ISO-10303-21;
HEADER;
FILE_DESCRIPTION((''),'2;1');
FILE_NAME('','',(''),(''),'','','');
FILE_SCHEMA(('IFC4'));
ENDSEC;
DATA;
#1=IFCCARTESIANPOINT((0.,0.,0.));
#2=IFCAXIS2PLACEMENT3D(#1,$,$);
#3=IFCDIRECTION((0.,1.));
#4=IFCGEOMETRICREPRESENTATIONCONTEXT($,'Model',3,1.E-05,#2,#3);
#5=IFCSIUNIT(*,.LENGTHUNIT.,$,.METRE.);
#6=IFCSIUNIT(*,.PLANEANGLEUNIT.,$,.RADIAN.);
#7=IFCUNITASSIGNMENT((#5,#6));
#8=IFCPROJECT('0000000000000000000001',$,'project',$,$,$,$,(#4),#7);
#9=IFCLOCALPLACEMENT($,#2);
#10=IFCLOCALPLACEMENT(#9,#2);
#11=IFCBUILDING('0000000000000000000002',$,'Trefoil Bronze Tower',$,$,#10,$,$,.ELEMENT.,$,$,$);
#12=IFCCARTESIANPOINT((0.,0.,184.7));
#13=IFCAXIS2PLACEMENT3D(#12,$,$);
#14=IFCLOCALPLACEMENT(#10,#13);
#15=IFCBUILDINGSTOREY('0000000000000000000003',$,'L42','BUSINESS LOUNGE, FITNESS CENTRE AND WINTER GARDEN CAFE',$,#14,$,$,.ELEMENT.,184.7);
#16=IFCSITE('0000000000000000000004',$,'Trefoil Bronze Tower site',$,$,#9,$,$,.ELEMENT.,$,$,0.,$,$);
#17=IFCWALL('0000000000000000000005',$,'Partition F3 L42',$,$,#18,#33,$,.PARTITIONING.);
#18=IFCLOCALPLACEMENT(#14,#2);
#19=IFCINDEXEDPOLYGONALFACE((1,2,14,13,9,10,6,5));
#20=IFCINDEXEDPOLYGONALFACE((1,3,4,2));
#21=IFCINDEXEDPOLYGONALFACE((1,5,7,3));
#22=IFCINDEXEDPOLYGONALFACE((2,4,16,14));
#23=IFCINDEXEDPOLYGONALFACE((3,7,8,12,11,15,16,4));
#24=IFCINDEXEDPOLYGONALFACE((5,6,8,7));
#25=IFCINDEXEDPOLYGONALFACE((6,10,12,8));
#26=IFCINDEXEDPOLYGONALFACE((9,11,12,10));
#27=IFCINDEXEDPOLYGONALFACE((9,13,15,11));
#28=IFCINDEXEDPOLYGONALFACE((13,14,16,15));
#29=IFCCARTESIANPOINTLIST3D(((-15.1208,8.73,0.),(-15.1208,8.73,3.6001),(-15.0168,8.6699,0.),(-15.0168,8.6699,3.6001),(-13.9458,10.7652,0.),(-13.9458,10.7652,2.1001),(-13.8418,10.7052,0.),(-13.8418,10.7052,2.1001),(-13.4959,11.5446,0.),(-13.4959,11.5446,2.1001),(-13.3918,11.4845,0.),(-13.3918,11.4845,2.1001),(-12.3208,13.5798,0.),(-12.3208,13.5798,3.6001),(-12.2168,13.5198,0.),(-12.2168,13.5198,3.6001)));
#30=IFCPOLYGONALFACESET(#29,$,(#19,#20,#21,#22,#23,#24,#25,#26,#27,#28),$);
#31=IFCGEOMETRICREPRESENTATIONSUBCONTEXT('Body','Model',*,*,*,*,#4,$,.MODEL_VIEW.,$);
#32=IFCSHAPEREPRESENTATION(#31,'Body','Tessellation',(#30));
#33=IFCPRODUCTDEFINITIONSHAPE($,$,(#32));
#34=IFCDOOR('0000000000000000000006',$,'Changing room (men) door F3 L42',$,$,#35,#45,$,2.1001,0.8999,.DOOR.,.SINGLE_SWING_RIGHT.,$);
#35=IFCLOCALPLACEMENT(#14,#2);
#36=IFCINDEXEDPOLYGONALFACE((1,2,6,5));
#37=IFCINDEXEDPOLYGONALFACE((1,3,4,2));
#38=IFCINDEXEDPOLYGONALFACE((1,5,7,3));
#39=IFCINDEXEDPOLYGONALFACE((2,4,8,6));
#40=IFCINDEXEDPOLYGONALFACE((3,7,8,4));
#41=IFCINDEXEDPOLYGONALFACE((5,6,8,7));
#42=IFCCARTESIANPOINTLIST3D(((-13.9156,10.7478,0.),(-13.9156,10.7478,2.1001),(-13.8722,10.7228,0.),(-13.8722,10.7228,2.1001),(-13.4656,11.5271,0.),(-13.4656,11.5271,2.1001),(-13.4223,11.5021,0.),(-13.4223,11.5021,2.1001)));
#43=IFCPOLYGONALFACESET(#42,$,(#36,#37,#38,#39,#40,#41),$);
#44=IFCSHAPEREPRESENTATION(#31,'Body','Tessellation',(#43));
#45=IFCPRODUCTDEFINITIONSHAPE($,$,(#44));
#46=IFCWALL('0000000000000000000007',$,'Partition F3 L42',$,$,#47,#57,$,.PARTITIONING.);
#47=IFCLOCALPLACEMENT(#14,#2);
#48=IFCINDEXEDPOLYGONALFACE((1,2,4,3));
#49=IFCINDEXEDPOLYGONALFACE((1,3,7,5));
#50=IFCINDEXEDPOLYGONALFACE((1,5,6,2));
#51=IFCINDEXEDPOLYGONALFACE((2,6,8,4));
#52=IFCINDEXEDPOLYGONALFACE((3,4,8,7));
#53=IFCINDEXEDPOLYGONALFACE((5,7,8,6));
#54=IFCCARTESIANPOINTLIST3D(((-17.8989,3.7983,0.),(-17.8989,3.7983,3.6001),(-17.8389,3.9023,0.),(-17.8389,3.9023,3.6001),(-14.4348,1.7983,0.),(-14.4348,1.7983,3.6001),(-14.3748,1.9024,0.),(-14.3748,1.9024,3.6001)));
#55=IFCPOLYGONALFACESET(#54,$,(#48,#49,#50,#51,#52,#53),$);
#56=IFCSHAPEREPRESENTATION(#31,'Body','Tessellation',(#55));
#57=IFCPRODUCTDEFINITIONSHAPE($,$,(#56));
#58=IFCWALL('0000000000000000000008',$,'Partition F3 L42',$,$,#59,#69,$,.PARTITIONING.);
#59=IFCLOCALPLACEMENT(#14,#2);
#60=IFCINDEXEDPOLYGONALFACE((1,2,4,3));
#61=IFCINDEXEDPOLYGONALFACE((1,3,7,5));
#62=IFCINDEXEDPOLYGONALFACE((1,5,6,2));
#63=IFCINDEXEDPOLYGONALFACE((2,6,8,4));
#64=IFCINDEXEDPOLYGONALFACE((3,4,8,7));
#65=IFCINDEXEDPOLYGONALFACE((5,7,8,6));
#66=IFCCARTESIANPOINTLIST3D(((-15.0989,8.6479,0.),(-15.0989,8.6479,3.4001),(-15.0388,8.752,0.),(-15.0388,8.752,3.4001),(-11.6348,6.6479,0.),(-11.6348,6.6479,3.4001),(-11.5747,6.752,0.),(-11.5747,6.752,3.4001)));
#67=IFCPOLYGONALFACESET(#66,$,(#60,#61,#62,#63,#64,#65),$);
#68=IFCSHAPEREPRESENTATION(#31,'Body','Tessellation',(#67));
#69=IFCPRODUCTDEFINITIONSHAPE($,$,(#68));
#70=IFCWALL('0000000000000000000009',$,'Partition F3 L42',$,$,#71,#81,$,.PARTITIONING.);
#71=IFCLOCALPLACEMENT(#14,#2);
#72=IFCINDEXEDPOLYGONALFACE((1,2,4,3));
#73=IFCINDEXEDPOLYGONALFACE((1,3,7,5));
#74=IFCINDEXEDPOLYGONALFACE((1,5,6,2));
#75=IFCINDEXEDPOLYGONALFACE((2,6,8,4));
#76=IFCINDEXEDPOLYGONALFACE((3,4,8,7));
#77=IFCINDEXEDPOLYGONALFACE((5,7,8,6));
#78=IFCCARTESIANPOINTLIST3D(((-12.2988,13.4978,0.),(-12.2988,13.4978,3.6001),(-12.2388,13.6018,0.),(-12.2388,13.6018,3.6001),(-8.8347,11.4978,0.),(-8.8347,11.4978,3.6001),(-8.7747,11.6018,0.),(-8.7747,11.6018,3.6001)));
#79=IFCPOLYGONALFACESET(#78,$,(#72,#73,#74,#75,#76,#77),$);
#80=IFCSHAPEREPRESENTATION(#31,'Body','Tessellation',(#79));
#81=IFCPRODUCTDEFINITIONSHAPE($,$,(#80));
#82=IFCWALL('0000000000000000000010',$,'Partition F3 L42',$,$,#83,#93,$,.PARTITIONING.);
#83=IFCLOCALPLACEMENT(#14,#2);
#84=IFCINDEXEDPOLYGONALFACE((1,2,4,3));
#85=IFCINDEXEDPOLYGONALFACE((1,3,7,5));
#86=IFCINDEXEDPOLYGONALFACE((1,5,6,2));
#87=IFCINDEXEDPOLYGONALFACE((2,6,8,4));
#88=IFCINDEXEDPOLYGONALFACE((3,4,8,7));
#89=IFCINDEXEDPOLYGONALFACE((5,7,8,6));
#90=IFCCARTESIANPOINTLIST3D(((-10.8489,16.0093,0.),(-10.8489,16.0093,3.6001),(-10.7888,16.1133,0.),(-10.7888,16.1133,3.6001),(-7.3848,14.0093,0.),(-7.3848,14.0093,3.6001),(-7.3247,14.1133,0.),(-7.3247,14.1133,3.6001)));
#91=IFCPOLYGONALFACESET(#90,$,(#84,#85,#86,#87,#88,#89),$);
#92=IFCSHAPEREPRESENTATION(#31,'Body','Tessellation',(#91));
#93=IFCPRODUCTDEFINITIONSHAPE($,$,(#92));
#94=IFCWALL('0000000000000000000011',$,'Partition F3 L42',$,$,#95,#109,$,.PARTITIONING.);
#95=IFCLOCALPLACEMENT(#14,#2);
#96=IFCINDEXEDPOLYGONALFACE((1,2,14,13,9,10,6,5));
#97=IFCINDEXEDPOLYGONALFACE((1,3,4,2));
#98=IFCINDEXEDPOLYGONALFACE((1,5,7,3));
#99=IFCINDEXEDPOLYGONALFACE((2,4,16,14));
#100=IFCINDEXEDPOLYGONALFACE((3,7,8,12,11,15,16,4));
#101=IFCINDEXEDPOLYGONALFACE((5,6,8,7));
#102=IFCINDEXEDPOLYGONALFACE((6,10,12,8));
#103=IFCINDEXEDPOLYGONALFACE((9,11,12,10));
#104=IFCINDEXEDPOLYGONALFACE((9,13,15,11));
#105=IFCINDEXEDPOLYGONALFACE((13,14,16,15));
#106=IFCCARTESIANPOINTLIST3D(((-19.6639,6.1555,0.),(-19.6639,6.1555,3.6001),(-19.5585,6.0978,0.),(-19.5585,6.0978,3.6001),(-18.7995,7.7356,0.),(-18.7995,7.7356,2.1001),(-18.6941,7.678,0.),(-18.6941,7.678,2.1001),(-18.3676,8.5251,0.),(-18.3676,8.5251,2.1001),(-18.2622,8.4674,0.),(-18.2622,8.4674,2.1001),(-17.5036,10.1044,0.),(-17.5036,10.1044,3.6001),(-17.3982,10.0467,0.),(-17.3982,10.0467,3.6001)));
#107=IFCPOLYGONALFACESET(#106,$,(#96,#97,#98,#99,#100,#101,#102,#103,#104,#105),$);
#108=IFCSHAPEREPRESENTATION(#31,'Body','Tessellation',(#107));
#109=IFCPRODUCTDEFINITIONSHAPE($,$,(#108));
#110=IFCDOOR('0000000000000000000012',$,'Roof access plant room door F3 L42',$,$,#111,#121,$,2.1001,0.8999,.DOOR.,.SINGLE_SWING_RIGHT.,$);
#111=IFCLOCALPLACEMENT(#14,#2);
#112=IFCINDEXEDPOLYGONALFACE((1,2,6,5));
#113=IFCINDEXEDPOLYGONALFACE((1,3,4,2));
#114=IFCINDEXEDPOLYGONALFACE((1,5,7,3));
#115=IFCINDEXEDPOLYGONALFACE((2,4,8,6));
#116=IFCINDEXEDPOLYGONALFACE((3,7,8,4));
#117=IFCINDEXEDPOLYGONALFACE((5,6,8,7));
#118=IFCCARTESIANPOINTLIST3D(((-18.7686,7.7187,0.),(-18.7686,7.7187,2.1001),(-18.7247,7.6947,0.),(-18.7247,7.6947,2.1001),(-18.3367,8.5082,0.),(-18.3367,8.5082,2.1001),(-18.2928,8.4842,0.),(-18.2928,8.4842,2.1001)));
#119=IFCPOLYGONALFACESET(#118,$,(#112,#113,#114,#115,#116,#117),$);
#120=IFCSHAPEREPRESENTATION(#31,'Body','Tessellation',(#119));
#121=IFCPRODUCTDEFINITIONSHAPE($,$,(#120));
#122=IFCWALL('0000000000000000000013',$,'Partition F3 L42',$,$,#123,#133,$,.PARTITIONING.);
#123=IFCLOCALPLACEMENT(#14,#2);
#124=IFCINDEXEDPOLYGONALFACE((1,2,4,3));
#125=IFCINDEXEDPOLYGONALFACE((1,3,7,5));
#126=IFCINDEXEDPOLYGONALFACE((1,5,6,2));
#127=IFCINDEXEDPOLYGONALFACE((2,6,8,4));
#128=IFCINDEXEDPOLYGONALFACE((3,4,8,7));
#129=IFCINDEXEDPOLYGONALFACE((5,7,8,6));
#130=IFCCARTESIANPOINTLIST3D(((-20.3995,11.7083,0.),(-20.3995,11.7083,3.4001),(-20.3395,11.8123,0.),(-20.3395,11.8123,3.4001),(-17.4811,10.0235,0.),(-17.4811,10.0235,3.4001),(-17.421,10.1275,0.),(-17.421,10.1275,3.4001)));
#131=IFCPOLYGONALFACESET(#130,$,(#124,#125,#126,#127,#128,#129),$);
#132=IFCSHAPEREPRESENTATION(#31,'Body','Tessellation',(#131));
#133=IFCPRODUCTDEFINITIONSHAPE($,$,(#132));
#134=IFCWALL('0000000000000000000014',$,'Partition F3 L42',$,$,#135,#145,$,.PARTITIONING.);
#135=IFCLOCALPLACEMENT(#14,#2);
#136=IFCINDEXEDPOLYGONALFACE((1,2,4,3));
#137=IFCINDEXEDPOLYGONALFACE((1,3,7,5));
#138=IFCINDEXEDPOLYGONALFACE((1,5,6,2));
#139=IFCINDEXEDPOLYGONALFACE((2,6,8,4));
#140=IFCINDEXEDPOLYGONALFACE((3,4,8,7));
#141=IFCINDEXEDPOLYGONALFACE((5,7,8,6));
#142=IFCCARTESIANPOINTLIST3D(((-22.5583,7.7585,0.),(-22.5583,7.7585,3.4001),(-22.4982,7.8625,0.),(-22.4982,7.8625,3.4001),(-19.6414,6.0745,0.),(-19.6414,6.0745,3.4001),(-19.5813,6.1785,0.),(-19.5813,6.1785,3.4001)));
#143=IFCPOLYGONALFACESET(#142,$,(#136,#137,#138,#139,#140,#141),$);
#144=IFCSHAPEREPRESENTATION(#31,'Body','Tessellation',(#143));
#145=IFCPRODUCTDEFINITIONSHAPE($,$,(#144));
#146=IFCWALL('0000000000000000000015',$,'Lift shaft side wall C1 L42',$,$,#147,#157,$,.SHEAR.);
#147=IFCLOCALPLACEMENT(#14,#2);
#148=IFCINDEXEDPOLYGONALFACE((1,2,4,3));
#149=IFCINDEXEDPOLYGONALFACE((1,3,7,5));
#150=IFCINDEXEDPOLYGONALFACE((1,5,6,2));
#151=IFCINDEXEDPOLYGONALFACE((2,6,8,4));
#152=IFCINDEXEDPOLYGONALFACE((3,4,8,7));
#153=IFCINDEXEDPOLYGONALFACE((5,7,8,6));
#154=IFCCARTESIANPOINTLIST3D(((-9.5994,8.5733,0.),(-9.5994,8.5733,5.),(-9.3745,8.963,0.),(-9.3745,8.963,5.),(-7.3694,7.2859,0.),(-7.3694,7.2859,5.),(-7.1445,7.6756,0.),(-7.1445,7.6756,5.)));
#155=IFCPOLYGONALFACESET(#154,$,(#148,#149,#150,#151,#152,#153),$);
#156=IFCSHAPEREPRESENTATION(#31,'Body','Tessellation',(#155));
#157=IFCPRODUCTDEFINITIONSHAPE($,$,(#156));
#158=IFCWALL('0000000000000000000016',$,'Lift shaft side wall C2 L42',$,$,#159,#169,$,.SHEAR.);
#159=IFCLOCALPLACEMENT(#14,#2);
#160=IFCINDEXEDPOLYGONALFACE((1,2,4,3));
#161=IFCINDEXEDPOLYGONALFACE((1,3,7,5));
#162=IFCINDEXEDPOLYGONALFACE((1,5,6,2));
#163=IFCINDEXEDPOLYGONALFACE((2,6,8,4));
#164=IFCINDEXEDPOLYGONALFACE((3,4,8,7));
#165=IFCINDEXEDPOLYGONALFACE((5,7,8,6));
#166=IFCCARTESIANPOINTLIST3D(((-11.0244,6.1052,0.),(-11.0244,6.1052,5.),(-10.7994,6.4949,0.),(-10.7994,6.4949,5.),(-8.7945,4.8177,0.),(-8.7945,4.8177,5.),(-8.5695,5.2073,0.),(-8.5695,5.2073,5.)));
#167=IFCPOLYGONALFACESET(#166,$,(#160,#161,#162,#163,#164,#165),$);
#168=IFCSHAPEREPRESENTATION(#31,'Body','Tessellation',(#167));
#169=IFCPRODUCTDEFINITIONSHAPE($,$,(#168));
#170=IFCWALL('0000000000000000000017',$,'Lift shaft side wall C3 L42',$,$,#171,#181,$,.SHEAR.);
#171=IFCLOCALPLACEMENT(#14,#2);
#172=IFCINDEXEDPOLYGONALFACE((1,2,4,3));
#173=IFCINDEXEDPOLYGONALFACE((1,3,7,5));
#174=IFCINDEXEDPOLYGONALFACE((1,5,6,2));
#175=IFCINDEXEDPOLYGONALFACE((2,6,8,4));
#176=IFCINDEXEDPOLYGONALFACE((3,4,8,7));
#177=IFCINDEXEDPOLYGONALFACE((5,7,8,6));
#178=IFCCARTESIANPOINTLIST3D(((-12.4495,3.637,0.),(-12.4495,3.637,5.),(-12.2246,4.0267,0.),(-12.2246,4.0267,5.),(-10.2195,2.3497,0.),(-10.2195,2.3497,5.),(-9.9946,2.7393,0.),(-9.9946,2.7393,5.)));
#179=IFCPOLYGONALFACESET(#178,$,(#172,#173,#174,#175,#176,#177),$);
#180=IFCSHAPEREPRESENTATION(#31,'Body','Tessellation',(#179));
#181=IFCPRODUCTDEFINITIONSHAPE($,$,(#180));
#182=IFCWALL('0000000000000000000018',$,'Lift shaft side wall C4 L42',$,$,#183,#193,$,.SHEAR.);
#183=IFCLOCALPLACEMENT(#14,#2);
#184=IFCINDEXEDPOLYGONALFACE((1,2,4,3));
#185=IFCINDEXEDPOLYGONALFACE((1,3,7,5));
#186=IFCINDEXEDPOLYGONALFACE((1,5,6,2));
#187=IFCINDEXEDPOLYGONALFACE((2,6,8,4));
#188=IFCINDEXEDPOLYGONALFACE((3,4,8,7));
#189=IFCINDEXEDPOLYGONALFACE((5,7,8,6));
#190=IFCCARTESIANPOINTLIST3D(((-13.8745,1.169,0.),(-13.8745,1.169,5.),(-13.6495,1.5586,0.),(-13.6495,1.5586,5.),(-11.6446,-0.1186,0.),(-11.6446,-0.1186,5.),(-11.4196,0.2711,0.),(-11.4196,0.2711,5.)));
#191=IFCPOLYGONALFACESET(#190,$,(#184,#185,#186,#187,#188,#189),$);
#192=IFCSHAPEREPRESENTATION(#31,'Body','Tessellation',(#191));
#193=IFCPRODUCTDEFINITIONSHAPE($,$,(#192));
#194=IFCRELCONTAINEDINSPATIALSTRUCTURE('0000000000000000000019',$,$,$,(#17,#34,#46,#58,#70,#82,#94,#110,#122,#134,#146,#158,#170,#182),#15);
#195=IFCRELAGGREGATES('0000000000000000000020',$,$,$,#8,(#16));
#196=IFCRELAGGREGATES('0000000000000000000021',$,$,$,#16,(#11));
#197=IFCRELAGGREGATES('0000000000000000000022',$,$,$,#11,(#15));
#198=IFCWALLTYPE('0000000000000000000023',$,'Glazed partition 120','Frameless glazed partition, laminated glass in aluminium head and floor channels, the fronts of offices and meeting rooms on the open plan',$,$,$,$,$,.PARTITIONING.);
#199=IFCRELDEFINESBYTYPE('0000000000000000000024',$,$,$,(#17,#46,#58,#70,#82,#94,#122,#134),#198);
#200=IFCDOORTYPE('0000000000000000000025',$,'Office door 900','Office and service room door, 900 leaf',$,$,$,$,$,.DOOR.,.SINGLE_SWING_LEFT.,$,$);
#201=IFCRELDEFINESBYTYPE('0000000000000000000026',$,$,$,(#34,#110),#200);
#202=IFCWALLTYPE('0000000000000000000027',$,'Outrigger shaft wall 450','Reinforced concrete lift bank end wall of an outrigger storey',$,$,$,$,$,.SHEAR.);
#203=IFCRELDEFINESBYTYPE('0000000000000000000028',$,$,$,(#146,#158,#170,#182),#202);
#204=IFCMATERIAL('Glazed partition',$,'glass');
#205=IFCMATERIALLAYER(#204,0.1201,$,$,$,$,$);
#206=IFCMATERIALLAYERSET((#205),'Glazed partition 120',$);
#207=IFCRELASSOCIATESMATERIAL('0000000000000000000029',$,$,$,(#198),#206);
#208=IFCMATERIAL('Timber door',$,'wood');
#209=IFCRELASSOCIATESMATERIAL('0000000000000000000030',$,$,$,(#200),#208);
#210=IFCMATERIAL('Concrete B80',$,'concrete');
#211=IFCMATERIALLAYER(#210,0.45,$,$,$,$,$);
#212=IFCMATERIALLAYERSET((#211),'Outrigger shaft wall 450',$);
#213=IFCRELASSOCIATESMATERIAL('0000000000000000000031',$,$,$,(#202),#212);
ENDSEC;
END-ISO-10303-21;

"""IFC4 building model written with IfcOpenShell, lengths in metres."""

from ifc_helpers import new_model, si_unit, direction, frame, frame_2d, origin, place, context, subcontext, project, spatial, rectangle, extrude, material, layer, layer_set, type_object, element, fill, save


model = new_model("IFC4")

# Units and contexts
model_context = context("Model", 3, precision=1e-05, world=origin(), true_north=direction((0.0, 1.0)))
body_context = subcontext(model_context, "Body", "Model", "MODEL_VIEW")
ifc_project = project(units=[si_unit("LENGTHUNIT", "METRE"), si_unit("PLANEANGLEUNIT", "RADIAN")], contexts=[model_context])

# Site, building, storey
site_placement = place(None, origin())
site = spatial("IfcSite", under=ifc_project, at=site_placement, Name="Trefoil Bronze Tower site", CompositionType="ELEMENT", RefElevation=0.0)
building_placement = place(site_placement, origin())
building = spatial("IfcBuilding", under=site, at=building_placement, Name="Trefoil Bronze Tower", CompositionType="ELEMENT")
storey_placement = place(building_placement, frame((0.0, 0.0, 184.7)))
storey = spatial("IfcBuildingStorey", under=building, at=storey_placement, Name="L42", Description="BUSINESS LOUNGE, FITNESS CENTRE AND WINTER GARDEN CAFE", CompositionType="ELEMENT", Elevation=184.7)

# Wall, opening, door
ifc_material_1 = material(Name="Glazed partition", Category="glass")
ifc_layer_1 = layer(ifc_material_1, 0.1201)
ifc_layer_set_1 = layer_set([ifc_layer_1], Name="Glazed partition 120")
wall_type_1 = type_object("IfcWallType", Name="Glazed partition 120", Description="Frameless glazed partition, laminated glass in aluminium head and floor channels, the fronts of offices and meeting rooms on the open plan", PredefinedType="PARTITIONING", material=ifc_layer_set_1)
ifc_material_2 = material(Name="Timber door", Category="wood")
door_type = type_object("IfcDoorType", Name="Office door 900", Description="Office and service room door, 900 leaf", OperationType="SINGLE_SWING_LEFT", PredefinedType="DOOR", material=ifc_material_2)
wall_1_placement = place(storey_placement, frame((-12.2688, 13.5498, 0.0), z_axis=(0.0, 0.0, 1.0), x_axis=(-0.499998, -0.866027, 0.0)))
wall_1 = element("IfcWall", 1, at=wall_1_placement, inside=storey, type_object=wall_type_1, Name="Partition F3 L42", PredefinedType="PARTITIONING", context=body_context, shape_type="SweptSolid", body=[
    extrude(rectangle(XDim=5.6001, YDim=0.1201, at=frame_2d((2.8, 0.0))), origin(), (0.0, 0.0, 1.0), 3.6001),
])
opening_1_placement = place(wall_1_placement, frame((2.3501, 0.0, 0.0)))
opening_1 = element("IfcOpeningElement", 2, at=opening_1_placement, cuts=wall_1, PredefinedType="OPENING", context=body_context, shape_type="SweptSolid", body=[
    extrude(rectangle(XDim=0.8999, YDim=2.1001, at=frame_2d((0.45, 1.05))), frame((0.0, 0.0701, 0.0), z_axis=(0.0, -1.0, 0.0), x_axis=(1.0, 0.0, 0.0)), (0.0, 0.0, 1.0), 0.1401),
])
door_1_placement = place(opening_1_placement, origin())
door_1 = element("IfcDoor", 3, at=door_1_placement, inside=storey, type_object=door_type, Name="Changing room (men) door F3 L42", OperationType="SINGLE_SWING_RIGHT", OverallHeight=2.1001, OverallWidth=0.8999, PredefinedType="DOOR", context=body_context, shape_type="SweptSolid", body=[
    extrude(rectangle(XDim=0.8999, YDim=2.1001, at=frame_2d((0.45, 1.05))), frame((0.0, 0.0249, 0.0), z_axis=(0.0, -1.0, 0.0), x_axis=(1.0, 0.0, 0.0)), (0.0, 0.0, 1.0), 0.05),
])
fill(opening_1, door_1)

# Walls
wall_2_placement = place(storey_placement, frame((-14.4048, 1.8503, 0.0), z_axis=(0.0, 0.0, 1.0), x_axis=(-0.866026, 0.499999, 0.0)))
element("IfcWall", 4, at=wall_2_placement, inside=storey, type_object=wall_type_1, Name="Partition F3 L42", PredefinedType="PARTITIONING", context=body_context, shape_type="SweptSolid", body=[
    extrude(rectangle(XDim=4.0, YDim=0.1201, at=frame_2d((2.0, 0.0))), origin(), (0.0, 0.0, 1.0), 3.6001),
])
wall_3_placement = place(storey_placement, frame((-11.6047, 6.7, 0.0), z_axis=(0.0, 0.0, 1.0), x_axis=(-0.866026, 0.499999, 0.0)))
element("IfcWall", 5, at=wall_3_placement, inside=storey, type_object=wall_type_1, Name="Partition F3 L42", PredefinedType="PARTITIONING", context=body_context, shape_type="SweptSolid", body=[
    extrude(rectangle(XDim=4.0, YDim=0.1201, at=frame_2d((2.0, 0.0))), origin(), (0.0, 0.0, 1.0), 3.4001),
])
for number, where, z_axis, x_axis, name in (
    (6, (-8.8047, 11.5498, 0.0), (0.0, 0.0, 1.0), (-0.866026, 0.499999, 0.0), "Partition F3 L42"),
    (7, (-7.3547, 14.0613, 0.0), (0.0, 0.0, 1.0), (-0.866026, 0.499999, 0.0), "Partition F3 L42"),
):
    element("IfcWall", number, at=place(storey_placement, frame(where, z_axis=z_axis, x_axis=x_axis)), inside=storey, type_object=wall_type_1, Name=name, PredefinedType="PARTITIONING", context=body_context, shape_type="SweptSolid", body=[
        extrude(rectangle(XDim=4.0, YDim=0.1201, at=frame_2d((2.0, 0.0))), origin(), (0.0, 0.0, 1.0), 3.6001),
    ])

# Wall, opening, door
wall_4_placement = place(storey_placement, frame((-17.4509, 10.0754, 0.0), z_axis=(0.0, 0.0, 1.0), x_axis=(-0.47995, -0.877296, 0.0)))
wall_4 = element("IfcWall", 8, at=wall_4_placement, inside=storey, type_object=wall_type_1, Name="Partition F3 L42", PredefinedType="PARTITIONING", context=body_context, shape_type="SweptSolid", body=[
    extrude(rectangle(XDim=4.5012, YDim=0.1201, at=frame_2d((2.2505, 0.0))), origin(), (0.0, 0.0, 1.0), 3.6001),
])
opening_2_placement = place(wall_4_placement, frame((1.8, 0.0, 0.0)))
opening_2 = element("IfcOpeningElement", 9, at=opening_2_placement, cuts=wall_4, PredefinedType="OPENING", context=body_context, shape_type="SweptSolid", body=[
    extrude(rectangle(XDim=0.8999, YDim=2.1001, at=frame_2d((0.45, 1.05))), frame((0.0, 0.0701, 0.0), z_axis=(0.0, -1.0, 0.0), x_axis=(1.0, 0.0, 0.0)), (0.0, 0.0, 1.0), 0.1401),
])
door_2_placement = place(opening_2_placement, frame((0.8999, 0.0, 0.0), z_axis=(0.0, 0.0, 1.0), x_axis=(-1.0, 0.0, 0.0)))
door_2 = element("IfcDoor", 10, at=door_2_placement, inside=storey, type_object=door_type, Name="Roof access plant room door F3 L42", OperationType="SINGLE_SWING_RIGHT", OverallHeight=2.1001, OverallWidth=0.8999, PredefinedType="DOOR", context=body_context, shape_type="SweptSolid", body=[
    extrude(rectangle(XDim=0.8999, YDim=2.1001, at=frame_2d((0.45, 1.05))), frame((0.0, 0.0249, 0.0), z_axis=(0.0, -1.0, 0.0), x_axis=(1.0, 0.0, 0.0)), (0.0, 0.0, 1.0), 0.05),
])
fill(opening_2, door_2)

# Walls
wall_5_placement = place(storey_placement, frame((-17.4509, 10.0754, 0.0), z_axis=(0.0, 0.0, 1.0), x_axis=(-0.866046, 0.499965, 0.0)))
element("IfcWall", 11, at=wall_5_placement, inside=storey, type_object=wall_type_1, Name="Partition F3 L42", PredefinedType="PARTITIONING", context=body_context, shape_type="SweptSolid", body=[
    extrude(rectangle(XDim=3.3699, YDim=0.1201, at=frame_2d((1.6851, 0.0))), origin(), (0.0, 0.0, 1.0), 3.4001),
])
wall_6_placement = place(storey_placement, frame((-19.6113, 6.1265, 0.0), z_axis=(0.0, 0.0, 1.0), x_axis=(-0.866031, 0.49999, 0.0)))
element("IfcWall", 12, at=wall_6_placement, inside=storey, type_object=wall_type_1, Name="Partition F3 L42", PredefinedType="PARTITIONING", context=body_context, shape_type="SweptSolid", body=[
    extrude(rectangle(XDim=3.3682, YDim=0.1201, at=frame_2d((1.6841, 0.0))), origin(), (0.0, 0.0, 1.0), 3.4001),
])
ifc_material_3 = material(Name="Concrete B80", Category="concrete")
ifc_layer_2 = layer(ifc_material_3, 0.45)
ifc_layer_set_2 = layer_set([ifc_layer_2], Name="Outrigger shaft wall 450")
wall_type_2 = type_object("IfcWallType", Name="Outrigger shaft wall 450", Description="Reinforced concrete lift bank end wall of an outrigger storey", PredefinedType="SHEAR", material=ifc_layer_set_2)
for number, where, z_axis, x_axis, name in (
    (13, (-7.2568, 7.4807, 0.0), (0.0, 0.0, 1.0), (-0.866047, 0.499963, 0.0), "Lift shaft side wall C1 L42"),
    (14, (-8.6819, 5.0125, 0.0), (0.0, 0.0, 1.0), (-0.866006, 0.500034, 0.0), "Lift shaft side wall C2 L42"),
    (15, (-10.1069, 2.5444, 0.0), (0.0, 0.0, 1.0), (-0.866047, 0.499963, 0.0), "Lift shaft side wall C3 L42"),
    (16, (-11.532, 0.0762, 0.0), (0.0, 0.0, 1.0), (-0.866006, 0.500034, 0.0), "Lift shaft side wall C4 L42"),
):
    element("IfcWall", number, at=place(storey_placement, frame(where, z_axis=z_axis, x_axis=x_axis)), inside=storey, type_object=wall_type_2, Name=name, PredefinedType="SHEAR", context=body_context, shape_type="SweptSolid", body=[
        extrude(rectangle(XDim=2.575, YDim=0.45, at=frame_2d((1.2876, 0.0))), origin(), (0.0, 0.0, 1.0), 5.0),
    ])

save(model, "model.ifc")
